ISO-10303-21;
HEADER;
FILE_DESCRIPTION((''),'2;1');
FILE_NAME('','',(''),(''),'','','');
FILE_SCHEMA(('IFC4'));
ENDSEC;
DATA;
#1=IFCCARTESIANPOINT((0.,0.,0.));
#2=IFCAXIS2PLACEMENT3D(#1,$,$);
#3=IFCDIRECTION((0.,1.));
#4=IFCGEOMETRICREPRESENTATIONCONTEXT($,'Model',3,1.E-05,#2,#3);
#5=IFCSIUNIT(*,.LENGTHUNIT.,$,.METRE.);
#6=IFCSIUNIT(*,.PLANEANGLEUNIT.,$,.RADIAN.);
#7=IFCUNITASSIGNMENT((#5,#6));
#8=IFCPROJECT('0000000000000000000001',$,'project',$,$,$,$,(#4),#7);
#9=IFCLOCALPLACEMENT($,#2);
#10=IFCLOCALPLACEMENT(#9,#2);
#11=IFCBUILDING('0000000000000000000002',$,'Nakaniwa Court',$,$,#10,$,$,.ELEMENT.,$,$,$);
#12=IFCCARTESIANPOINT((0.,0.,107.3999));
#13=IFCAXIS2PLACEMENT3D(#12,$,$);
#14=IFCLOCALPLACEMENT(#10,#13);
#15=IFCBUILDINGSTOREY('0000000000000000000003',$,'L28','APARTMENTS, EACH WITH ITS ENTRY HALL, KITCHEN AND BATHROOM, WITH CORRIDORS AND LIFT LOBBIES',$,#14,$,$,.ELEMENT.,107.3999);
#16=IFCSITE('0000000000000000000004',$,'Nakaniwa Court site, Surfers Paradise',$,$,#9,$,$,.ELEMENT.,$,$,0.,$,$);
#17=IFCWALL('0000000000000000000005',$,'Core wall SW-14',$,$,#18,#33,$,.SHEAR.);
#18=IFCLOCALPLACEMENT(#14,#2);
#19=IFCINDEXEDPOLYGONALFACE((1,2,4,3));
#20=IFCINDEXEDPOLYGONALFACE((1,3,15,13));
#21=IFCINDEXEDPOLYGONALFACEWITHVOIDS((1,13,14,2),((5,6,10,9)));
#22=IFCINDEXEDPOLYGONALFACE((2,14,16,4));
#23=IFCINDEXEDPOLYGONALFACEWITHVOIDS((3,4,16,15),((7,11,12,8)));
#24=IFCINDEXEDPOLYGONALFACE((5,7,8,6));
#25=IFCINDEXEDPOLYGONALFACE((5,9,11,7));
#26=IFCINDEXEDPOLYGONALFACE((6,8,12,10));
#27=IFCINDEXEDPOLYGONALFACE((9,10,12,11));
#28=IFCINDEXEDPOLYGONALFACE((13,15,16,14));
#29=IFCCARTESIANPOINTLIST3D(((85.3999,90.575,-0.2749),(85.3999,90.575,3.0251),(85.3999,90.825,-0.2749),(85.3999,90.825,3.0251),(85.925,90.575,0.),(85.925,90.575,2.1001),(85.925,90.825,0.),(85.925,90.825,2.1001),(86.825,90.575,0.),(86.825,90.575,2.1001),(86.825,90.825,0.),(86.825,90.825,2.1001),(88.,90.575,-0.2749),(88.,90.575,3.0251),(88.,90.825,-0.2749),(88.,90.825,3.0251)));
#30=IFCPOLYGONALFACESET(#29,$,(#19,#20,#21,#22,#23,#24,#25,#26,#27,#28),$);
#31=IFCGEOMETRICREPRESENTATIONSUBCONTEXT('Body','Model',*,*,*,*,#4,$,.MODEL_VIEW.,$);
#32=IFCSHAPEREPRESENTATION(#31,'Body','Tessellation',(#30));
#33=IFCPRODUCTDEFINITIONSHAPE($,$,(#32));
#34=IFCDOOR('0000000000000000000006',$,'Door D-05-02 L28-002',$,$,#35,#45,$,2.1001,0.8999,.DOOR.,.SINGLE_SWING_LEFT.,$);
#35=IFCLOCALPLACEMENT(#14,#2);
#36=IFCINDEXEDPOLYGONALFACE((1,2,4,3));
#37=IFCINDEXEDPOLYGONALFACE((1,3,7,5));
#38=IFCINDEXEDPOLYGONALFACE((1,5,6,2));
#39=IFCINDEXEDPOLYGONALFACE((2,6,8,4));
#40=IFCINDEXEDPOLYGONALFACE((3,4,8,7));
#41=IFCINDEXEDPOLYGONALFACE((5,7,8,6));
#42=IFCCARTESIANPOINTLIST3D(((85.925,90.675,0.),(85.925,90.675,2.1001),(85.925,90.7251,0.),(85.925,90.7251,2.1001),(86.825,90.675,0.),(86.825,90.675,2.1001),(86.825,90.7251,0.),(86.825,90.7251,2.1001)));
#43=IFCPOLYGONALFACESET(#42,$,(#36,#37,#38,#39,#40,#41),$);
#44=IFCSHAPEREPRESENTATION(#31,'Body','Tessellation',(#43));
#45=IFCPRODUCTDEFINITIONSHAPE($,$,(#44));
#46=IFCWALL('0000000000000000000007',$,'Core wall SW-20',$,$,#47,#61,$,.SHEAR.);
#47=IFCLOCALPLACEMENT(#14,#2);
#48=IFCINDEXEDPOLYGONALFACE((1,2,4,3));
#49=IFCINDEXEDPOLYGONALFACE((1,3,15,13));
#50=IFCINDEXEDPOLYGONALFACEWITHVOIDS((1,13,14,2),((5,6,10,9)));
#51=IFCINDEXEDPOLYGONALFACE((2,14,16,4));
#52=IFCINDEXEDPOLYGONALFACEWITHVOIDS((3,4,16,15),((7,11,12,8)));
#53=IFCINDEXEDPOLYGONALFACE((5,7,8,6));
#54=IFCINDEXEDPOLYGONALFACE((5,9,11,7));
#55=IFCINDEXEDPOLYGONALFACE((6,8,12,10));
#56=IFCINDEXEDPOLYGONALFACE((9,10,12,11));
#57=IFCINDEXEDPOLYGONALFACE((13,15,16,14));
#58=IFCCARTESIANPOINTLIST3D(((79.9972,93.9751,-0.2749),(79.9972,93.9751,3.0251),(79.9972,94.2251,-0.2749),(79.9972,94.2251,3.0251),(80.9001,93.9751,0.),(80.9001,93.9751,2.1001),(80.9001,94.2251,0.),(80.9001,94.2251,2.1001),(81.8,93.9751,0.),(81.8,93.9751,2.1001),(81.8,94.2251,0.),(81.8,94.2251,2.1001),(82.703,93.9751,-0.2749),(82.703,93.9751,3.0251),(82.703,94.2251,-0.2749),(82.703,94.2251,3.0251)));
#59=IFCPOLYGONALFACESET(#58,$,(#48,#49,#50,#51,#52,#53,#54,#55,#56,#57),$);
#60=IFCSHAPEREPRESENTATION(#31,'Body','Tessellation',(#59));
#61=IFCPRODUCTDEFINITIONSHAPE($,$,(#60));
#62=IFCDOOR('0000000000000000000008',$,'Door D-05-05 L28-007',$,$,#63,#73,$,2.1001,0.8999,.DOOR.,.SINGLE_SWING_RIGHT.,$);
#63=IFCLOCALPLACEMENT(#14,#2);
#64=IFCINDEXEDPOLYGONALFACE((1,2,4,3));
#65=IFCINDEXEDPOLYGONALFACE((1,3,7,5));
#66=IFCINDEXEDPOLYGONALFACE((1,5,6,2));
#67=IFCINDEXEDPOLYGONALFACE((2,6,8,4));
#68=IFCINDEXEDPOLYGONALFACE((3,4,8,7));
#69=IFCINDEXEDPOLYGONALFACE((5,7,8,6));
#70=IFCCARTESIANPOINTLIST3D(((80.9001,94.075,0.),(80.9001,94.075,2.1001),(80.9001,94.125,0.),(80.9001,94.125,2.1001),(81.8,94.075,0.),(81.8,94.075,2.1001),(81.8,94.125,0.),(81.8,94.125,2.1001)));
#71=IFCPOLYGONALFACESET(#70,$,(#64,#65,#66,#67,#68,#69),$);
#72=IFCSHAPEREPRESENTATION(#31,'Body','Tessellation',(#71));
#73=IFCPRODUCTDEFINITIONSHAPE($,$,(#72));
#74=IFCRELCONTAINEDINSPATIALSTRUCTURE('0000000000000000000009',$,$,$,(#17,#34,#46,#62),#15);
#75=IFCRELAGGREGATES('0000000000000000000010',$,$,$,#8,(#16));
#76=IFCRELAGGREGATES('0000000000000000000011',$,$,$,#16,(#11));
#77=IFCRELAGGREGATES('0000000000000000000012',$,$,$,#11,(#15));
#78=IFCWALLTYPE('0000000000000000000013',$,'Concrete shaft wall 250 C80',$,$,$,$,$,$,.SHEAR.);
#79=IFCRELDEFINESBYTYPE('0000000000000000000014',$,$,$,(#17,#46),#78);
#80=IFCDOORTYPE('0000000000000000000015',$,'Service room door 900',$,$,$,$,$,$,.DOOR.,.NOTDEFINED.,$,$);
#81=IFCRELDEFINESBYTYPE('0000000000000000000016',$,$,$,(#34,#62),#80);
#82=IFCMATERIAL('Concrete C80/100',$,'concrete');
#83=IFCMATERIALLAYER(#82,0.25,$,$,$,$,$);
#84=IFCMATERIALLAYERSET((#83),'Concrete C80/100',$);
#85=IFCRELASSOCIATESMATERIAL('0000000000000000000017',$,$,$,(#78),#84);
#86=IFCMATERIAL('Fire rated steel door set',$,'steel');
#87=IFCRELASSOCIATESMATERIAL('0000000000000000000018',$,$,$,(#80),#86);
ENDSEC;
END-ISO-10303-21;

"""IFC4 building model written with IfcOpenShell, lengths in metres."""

from ifc_helpers import new_model, si_unit, direction, frame, frame_2d, origin, place, context, subcontext, project, spatial, rectangle, extrude, material, layer, layer_set, type_object, element, fill, save


model = new_model("IFC4")

# Units and contexts
model_context = context("Model", 3, precision=1e-05, world=origin(), true_north=direction((0.0, 1.0)))
body_context = subcontext(model_context, "Body", "Model", "MODEL_VIEW")
ifc_project = project(units=[si_unit("LENGTHUNIT", "METRE"), si_unit("PLANEANGLEUNIT", "RADIAN")], contexts=[model_context])

# Site, building, storey
site_placement = place(None, origin())
site = spatial("IfcSite", under=ifc_project, at=site_placement, Name="Nakaniwa Court site, Surfers Paradise", CompositionType="ELEMENT", RefElevation=0.0)
building_placement = place(site_placement, origin())
building = spatial("IfcBuilding", under=site, at=building_placement, Name="Nakaniwa Court", CompositionType="ELEMENT")
storey_placement = place(building_placement, frame((0.0, 0.0, 107.3999)))
storey = spatial("IfcBuildingStorey", under=building, at=storey_placement, Name="L28", Description="APARTMENTS, EACH WITH ITS ENTRY HALL, KITCHEN AND BATHROOM, WITH CORRIDORS AND LIFT LOBBIES", CompositionType="ELEMENT", Elevation=107.3999)

# Shared definitions
ifc_material_1 = material(Name="Concrete C80/100", Category="concrete")

# Shared definitions
ifc_layer_1 = layer(ifc_material_1, 0.25)
ifc_layer_set_1 = layer_set([ifc_layer_1], Name="Concrete C80/100")
wall_type_1 = type_object("IfcWallType", Name="Concrete shaft wall 250 C80", PredefinedType="SHEAR", material=ifc_layer_set_1)

# Walls, openings, doors
wall_1_placement = place(storey_placement, frame((88.0, 90.7, -0.2749), z_axis=(0.0, 0.0, 1.0), x_axis=(-1.0, 0.0, 0.0)))
wall_1 = element("IfcWall", 1, at=wall_1_placement, inside=storey, type_object=wall_type_1, Name="Core wall SW-14", PredefinedType="SHEAR", context=body_context, shape_type="SweptSolid", body=[
    extrude(rectangle(XDim=2.6001, YDim=0.25, at=frame_2d((1.3, 0.0))), origin(), (0.0, 0.0, 1.0), 3.3),
])
opening_1_placement = place(wall_1_placement, frame((1.175, 0.0, 0.2749)))
opening_1 = element("IfcOpeningElement", 2, at=opening_1_placement, cuts=wall_1, PredefinedType="OPENING", context=body_context, shape_type="SweptSolid", body=[
    extrude(rectangle(XDim=0.8999, YDim=2.1001, at=frame_2d((0.45, 1.05))), frame((0.0, 0.135, 0.0), z_axis=(0.0, -1.0, 0.0), x_axis=(1.0, 0.0, 0.0)), (0.0, 0.0, 1.0), 0.27),
])
ifc_material_2 = material(Name="Fire rated steel door set", Category="steel")
door_type_1 = type_object("IfcDoorType", Name="Service room door 900", OperationType="NOTDEFINED", PredefinedType="DOOR", material=ifc_material_2)
door_1_placement = place(opening_1_placement, origin())
door_1 = element("IfcDoor", 3, at=door_1_placement, inside=storey, type_object=door_type_1, Name="Door D-05-02 L28-002", OperationType="SINGLE_SWING_LEFT", OverallHeight=2.1001, OverallWidth=0.8999, PredefinedType="DOOR", context=body_context, shape_type="SweptSolid", body=[
    extrude(rectangle(XDim=0.8999, YDim=2.1001, at=frame_2d((0.45, 1.05))), frame((0.0, 0.0249, 0.0), z_axis=(0.0, -1.0, 0.0), x_axis=(1.0, 0.0, 0.0)), (0.0, 0.0, 1.0), 0.05),
])
fill(opening_1, door_1)
wall_2_placement = place(storey_placement, frame((79.9971, 94.1001, -0.2749), z_axis=(0.0, 0.0, 1.0), x_axis=(1.0, 0.0, 0.0)))
wall_2 = element("IfcWall", 4, at=wall_2_placement, inside=storey, type_object=wall_type_1, Name="Core wall SW-20", PredefinedType="SHEAR", context=body_context, shape_type="SweptSolid", body=[
    extrude(rectangle(XDim=2.7058, YDim=0.25, at=frame_2d((1.353, 0.0))), origin(), (0.0, 0.0, 1.0), 3.3),
])
opening_2_placement = place(wall_2_placement, frame((0.9031, 0.0, 0.2749)))
opening_2 = element("IfcOpeningElement", 5, at=opening_2_placement, cuts=wall_2, PredefinedType="OPENING", context=body_context, shape_type="SweptSolid", body=[
    extrude(rectangle(XDim=0.8999, YDim=2.1001, at=frame_2d((0.45, 1.05))), frame((0.0, 0.135, 0.0), z_axis=(0.0, -1.0, 0.0), x_axis=(1.0, 0.0, 0.0)), (0.0, 0.0, 1.0), 0.27),
])
door_2_placement = place(opening_2_placement, origin())
door_2 = element("IfcDoor", 6, at=door_2_placement, inside=storey, type_object=door_type_1, Name="Door D-05-05 L28-007", OperationType="SINGLE_SWING_RIGHT", OverallHeight=2.1001, OverallWidth=0.8999, PredefinedType="DOOR", context=body_context, shape_type="SweptSolid", body=[
    extrude(rectangle(XDim=0.8999, YDim=2.1001, at=frame_2d((0.45, 1.05))), frame((0.0, 0.0249, 0.0), z_axis=(0.0, -1.0, 0.0), x_axis=(1.0, 0.0, 0.0)), (0.0, 0.0, 1.0), 0.05),
])
fill(opening_2, door_2)

save(model, "model.ifc")
